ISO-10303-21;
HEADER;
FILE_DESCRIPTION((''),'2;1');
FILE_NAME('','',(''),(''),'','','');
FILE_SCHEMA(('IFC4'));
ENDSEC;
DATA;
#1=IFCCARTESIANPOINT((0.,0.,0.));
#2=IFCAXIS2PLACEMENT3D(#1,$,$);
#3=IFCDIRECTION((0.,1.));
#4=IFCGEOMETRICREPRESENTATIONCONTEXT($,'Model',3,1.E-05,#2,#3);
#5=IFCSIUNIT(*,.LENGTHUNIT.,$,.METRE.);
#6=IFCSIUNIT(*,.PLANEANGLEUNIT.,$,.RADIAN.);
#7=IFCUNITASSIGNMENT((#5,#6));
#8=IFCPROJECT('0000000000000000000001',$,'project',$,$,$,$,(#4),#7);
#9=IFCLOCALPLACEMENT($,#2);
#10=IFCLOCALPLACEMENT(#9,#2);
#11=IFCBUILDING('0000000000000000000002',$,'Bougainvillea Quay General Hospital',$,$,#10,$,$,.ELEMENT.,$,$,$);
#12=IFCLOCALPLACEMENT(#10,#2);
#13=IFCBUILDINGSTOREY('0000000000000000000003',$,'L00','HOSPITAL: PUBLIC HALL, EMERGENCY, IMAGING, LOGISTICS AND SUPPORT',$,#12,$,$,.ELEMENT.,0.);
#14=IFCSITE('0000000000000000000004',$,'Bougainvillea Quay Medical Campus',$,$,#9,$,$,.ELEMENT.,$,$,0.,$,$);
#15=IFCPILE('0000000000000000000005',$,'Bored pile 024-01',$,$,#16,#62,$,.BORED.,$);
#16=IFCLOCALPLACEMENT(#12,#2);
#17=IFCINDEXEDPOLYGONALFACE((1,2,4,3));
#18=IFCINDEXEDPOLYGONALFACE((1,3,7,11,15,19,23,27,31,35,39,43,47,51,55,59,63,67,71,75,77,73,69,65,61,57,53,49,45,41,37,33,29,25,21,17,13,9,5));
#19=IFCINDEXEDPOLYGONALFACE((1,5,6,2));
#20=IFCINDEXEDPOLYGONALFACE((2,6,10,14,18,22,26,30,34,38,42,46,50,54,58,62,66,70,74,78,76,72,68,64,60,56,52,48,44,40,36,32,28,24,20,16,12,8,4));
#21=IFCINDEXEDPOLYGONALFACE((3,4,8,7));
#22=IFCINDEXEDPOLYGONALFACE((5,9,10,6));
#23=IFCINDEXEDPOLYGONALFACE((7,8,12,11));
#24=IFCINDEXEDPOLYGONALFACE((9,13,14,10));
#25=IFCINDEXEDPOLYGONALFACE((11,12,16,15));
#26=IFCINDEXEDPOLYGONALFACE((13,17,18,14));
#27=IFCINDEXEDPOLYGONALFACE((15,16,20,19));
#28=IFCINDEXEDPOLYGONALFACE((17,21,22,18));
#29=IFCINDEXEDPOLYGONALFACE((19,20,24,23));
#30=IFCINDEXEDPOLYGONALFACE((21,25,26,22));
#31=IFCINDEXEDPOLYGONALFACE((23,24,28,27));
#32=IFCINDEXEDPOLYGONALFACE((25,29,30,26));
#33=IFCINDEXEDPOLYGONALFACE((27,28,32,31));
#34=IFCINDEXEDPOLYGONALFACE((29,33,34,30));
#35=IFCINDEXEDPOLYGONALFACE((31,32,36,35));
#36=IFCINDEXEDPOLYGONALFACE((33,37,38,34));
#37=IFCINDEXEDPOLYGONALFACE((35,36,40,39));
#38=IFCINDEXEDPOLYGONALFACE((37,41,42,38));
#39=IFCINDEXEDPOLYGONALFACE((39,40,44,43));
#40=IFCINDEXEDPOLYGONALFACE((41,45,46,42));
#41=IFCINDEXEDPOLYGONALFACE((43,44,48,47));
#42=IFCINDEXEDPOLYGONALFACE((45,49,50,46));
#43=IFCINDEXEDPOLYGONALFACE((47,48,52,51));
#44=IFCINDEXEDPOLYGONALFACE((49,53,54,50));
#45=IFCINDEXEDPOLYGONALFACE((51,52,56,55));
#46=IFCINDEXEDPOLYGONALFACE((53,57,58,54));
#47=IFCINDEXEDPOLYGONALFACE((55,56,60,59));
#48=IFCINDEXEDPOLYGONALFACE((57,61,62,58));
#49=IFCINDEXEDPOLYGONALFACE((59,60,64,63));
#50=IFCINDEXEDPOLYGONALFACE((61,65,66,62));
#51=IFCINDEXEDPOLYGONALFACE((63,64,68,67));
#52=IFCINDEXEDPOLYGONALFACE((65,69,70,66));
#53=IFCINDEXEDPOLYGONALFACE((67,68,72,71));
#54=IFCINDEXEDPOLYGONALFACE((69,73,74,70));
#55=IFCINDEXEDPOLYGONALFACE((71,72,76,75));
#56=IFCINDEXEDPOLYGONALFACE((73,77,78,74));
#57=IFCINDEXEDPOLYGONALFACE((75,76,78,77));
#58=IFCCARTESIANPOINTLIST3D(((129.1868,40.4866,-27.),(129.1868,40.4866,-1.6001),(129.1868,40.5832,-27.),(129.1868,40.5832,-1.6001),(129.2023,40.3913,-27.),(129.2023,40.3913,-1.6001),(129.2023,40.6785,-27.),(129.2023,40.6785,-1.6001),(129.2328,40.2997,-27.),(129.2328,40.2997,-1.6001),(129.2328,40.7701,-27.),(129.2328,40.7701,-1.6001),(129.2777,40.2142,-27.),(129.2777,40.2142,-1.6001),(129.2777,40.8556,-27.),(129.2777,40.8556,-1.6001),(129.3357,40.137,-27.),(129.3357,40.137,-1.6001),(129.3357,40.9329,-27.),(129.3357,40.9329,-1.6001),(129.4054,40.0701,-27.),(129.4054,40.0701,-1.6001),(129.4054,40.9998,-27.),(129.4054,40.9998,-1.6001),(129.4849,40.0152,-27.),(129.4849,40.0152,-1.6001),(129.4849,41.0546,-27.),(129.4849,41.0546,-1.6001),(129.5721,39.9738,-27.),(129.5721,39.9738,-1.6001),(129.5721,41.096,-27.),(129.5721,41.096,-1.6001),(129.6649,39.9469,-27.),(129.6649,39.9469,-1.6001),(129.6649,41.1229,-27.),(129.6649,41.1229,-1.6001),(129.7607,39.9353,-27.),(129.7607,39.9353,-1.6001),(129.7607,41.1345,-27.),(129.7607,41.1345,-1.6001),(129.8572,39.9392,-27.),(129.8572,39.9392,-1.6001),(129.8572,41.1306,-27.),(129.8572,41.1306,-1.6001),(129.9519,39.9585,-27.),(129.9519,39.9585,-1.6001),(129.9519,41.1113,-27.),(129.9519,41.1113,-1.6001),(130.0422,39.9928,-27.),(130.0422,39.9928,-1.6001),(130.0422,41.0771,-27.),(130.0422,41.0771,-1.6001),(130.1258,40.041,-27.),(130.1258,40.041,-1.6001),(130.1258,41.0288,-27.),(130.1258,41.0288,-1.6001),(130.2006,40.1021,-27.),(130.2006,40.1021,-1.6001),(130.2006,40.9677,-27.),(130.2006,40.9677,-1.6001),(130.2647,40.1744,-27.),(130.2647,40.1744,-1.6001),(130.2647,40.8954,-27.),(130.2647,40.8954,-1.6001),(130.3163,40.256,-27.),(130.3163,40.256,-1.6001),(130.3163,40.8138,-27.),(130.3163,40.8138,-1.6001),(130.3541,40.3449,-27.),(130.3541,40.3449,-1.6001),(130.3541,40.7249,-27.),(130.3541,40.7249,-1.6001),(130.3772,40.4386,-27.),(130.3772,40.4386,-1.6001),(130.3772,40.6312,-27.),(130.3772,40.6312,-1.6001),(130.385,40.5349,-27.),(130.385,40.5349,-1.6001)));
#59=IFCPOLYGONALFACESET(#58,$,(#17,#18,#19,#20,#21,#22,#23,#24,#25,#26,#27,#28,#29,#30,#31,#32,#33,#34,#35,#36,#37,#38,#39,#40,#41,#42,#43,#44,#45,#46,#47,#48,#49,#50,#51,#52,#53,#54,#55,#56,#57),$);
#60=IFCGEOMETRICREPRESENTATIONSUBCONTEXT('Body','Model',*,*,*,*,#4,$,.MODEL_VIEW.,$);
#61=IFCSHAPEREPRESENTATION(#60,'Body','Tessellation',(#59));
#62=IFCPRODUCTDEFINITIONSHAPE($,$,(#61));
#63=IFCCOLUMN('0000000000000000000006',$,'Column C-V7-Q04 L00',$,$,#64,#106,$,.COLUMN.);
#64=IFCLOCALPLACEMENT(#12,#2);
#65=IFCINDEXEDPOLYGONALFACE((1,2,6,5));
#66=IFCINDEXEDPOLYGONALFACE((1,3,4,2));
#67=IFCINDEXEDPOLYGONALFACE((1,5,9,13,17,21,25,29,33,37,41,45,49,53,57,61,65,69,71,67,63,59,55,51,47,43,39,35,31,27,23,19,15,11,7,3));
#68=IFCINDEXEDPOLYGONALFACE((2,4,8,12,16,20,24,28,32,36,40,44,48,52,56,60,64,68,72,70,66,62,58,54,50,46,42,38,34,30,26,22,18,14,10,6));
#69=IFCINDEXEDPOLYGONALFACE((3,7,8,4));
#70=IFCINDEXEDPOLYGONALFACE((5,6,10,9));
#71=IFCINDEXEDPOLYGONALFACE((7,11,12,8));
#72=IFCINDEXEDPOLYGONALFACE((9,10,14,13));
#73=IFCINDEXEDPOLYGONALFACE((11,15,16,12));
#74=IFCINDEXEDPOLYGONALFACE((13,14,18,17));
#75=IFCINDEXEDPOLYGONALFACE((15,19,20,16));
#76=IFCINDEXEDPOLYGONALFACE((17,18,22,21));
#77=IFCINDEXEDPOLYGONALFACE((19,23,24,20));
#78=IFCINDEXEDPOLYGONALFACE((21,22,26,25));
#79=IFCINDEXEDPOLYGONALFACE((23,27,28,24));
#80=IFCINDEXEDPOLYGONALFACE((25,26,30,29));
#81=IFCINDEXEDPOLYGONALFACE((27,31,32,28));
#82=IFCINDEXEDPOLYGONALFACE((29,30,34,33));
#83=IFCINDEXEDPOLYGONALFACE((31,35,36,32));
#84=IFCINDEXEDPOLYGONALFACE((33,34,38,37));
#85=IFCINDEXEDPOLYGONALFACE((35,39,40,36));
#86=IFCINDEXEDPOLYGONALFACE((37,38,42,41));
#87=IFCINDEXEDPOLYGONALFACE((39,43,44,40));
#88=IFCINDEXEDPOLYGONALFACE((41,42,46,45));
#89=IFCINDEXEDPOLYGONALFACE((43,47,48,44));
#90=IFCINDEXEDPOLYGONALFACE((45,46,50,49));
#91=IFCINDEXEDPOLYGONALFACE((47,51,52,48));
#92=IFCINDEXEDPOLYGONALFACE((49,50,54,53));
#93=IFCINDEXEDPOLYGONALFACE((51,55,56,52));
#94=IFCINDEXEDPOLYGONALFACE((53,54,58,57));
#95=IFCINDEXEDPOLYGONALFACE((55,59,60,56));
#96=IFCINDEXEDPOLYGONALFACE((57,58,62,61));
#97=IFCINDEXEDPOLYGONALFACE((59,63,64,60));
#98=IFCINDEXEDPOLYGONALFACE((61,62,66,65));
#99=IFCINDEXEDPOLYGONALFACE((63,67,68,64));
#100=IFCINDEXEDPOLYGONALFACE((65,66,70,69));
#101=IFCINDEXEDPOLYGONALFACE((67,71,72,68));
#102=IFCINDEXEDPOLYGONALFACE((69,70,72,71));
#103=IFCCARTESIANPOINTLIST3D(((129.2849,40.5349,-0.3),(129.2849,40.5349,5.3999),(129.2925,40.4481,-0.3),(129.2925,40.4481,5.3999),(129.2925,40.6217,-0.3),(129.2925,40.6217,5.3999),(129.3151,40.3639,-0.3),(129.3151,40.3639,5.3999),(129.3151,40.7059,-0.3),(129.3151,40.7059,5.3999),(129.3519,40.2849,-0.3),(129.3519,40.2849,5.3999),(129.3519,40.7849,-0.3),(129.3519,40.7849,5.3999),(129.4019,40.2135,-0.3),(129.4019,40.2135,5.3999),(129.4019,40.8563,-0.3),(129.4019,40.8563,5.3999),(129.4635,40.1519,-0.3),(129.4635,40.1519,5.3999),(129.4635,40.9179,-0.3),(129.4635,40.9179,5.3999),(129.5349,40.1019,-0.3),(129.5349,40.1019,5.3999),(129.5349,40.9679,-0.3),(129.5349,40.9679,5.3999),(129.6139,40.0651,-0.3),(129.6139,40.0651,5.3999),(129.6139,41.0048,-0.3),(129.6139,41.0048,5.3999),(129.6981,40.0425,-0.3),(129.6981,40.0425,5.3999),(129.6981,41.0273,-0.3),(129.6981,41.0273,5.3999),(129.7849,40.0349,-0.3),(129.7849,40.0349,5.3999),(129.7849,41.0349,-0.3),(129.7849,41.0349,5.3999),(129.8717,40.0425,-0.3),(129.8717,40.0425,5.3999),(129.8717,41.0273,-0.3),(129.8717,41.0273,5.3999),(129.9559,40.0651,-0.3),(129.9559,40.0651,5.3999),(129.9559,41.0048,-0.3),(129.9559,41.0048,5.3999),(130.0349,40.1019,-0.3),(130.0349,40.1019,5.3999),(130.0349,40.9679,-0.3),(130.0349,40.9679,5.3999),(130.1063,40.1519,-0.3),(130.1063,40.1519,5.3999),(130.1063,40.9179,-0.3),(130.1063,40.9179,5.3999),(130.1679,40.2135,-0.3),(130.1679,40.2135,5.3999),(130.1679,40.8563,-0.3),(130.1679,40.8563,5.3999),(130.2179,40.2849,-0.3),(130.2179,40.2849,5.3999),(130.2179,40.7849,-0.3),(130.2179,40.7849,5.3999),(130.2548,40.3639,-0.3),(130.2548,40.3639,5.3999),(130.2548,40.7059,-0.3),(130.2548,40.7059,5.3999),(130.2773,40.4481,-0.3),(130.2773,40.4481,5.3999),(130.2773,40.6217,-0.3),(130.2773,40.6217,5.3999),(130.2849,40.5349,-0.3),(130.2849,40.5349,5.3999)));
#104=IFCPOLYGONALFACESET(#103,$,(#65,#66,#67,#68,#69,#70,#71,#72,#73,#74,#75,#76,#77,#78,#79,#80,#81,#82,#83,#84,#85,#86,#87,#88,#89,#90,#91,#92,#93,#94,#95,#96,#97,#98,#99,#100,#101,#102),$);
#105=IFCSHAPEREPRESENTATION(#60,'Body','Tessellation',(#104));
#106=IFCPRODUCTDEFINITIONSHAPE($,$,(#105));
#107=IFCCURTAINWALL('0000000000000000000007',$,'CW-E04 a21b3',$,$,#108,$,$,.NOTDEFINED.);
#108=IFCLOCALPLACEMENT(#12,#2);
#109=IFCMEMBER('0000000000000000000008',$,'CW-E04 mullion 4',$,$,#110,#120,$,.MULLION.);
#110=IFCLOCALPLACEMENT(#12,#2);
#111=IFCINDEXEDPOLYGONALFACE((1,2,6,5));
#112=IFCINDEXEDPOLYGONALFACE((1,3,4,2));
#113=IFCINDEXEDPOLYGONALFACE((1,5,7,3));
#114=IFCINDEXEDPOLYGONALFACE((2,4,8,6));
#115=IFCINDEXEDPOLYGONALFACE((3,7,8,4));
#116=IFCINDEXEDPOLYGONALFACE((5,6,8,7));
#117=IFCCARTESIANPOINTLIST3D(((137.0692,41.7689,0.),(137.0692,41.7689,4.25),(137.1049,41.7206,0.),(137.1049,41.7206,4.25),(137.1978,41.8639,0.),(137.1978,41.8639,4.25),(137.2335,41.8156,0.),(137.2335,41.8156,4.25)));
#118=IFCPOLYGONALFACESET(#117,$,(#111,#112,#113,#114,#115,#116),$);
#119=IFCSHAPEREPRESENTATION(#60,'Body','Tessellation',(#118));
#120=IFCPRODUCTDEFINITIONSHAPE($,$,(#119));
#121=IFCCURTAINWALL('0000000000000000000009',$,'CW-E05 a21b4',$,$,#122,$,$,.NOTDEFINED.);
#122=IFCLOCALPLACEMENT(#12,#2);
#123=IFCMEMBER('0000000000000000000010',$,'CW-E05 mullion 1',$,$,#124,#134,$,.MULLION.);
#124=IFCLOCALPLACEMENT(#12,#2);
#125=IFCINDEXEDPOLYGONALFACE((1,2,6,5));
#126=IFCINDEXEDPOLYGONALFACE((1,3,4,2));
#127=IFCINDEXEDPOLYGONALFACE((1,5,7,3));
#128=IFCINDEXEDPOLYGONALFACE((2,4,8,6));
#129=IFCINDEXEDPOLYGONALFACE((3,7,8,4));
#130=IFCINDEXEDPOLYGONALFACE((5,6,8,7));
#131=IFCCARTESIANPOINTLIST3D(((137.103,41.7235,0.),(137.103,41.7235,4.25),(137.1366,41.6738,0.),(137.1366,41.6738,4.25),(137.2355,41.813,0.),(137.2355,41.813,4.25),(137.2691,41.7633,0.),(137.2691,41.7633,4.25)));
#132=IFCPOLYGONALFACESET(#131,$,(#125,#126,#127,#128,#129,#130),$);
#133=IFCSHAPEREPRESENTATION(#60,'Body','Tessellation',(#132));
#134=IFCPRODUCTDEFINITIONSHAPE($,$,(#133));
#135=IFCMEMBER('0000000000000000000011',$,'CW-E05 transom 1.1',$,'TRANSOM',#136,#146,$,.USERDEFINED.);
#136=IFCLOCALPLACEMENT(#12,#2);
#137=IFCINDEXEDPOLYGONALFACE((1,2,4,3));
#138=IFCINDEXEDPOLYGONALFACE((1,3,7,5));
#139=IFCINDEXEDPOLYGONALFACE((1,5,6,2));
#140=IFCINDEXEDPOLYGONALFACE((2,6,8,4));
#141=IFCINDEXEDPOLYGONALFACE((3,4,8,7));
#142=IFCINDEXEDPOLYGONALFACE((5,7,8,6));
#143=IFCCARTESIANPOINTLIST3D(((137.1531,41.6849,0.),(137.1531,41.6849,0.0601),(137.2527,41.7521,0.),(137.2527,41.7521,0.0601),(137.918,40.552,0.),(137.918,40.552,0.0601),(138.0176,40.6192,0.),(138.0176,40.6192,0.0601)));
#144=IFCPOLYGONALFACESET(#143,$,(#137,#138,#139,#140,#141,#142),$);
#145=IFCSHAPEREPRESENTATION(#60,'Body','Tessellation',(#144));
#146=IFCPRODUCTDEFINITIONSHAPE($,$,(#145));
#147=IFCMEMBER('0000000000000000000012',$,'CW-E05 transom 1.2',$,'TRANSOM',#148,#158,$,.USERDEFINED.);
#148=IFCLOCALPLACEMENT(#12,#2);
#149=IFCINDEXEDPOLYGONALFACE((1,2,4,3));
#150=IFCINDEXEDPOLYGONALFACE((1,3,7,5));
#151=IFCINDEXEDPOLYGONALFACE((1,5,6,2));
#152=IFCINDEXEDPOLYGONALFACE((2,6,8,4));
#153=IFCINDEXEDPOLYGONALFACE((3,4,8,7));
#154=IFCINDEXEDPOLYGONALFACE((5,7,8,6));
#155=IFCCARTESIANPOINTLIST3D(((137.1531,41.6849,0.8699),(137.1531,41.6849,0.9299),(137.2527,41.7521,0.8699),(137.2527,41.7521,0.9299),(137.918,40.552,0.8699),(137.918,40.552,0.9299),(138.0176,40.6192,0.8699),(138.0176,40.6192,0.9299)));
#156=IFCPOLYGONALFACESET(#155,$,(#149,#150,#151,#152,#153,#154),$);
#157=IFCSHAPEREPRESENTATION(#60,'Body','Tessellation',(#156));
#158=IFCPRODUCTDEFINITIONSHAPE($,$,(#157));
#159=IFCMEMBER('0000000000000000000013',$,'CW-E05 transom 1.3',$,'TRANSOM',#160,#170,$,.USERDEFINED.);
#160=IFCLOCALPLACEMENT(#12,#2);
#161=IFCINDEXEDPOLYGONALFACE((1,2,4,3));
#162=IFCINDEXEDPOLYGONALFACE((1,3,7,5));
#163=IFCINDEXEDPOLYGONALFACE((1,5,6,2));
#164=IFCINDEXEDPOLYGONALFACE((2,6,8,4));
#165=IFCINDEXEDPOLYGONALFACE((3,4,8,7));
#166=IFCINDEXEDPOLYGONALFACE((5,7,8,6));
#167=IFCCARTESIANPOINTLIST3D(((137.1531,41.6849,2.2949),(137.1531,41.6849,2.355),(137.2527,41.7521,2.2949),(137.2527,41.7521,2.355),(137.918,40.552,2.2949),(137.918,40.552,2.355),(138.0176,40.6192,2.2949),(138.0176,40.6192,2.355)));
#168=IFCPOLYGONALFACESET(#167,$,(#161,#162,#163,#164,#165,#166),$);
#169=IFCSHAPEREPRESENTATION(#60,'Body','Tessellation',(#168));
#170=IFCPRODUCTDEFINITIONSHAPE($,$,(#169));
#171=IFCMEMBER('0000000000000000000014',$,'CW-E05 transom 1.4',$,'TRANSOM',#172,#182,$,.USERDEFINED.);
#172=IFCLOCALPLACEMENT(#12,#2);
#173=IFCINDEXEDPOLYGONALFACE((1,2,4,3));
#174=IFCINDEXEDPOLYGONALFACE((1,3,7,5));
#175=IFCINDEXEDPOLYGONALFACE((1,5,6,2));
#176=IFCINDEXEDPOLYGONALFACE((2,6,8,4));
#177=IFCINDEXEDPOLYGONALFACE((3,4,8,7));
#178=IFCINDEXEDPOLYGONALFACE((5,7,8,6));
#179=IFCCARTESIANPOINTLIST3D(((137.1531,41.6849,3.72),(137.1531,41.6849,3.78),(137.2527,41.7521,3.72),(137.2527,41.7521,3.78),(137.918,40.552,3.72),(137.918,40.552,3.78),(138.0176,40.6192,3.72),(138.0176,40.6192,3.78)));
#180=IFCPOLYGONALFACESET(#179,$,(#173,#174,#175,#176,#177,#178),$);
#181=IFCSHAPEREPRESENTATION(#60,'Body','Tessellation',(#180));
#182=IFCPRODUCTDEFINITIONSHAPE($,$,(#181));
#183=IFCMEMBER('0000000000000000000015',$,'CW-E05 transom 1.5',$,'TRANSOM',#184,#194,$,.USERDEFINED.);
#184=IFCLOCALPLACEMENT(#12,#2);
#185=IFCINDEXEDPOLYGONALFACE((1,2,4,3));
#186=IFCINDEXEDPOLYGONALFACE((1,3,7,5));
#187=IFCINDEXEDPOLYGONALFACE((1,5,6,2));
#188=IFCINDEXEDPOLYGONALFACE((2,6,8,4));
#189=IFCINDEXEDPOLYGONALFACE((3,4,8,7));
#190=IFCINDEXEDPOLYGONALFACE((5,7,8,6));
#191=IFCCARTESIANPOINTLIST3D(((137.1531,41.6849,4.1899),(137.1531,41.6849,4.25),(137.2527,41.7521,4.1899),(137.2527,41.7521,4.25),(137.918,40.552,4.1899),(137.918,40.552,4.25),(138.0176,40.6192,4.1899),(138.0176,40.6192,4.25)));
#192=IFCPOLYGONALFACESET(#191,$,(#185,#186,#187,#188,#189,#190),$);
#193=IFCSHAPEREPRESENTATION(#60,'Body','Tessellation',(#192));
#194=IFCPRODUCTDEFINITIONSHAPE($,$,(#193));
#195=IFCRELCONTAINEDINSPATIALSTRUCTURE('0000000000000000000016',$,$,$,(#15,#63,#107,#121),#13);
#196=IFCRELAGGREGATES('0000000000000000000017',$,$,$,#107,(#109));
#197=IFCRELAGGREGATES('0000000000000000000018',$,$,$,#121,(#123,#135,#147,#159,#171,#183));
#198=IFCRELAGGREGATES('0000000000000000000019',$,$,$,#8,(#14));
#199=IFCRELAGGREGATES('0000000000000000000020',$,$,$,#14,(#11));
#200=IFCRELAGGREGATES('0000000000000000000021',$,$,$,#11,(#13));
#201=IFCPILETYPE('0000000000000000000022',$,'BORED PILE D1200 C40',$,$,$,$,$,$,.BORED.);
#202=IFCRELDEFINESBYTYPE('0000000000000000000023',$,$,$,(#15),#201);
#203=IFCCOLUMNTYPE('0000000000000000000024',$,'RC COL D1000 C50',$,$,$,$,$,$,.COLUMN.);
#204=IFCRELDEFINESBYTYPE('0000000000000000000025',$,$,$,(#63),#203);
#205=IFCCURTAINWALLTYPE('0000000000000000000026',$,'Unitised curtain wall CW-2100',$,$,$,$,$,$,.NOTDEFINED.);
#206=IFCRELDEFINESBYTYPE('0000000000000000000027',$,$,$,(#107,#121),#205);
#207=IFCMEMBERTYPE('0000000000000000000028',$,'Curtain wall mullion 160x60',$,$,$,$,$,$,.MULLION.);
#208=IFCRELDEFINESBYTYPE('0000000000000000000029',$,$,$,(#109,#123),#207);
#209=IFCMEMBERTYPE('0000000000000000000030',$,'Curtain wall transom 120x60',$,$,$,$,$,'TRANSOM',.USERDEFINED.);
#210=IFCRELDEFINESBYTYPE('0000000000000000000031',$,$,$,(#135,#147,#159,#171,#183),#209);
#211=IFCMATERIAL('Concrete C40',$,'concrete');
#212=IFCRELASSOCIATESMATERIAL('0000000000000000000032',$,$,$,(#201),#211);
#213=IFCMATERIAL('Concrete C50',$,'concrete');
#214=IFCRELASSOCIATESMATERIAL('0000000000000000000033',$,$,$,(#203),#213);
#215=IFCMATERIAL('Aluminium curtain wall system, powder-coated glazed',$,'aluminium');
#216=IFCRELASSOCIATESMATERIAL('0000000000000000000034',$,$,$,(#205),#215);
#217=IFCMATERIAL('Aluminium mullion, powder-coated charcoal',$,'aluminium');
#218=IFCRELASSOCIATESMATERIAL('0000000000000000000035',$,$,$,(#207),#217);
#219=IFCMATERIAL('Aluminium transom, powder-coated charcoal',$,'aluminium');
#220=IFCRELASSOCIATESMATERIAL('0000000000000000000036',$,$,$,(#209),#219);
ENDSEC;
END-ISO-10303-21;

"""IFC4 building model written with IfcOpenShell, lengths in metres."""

from ifc_helpers import new_model, si_unit, direction, frame, origin, origin_2d, place, context, subcontext, project, spatial, rectangle, circle, extrude, material, material_profile, profile_set, type_object, element, aggregate, save


model = new_model("IFC4")

# Units and contexts
model_context = context("Model", 3, precision=1e-05, world=origin(), true_north=direction((0.0, 1.0)))
body_context = subcontext(model_context, "Body", "Model", "MODEL_VIEW")
ifc_project = project(units=[si_unit("LENGTHUNIT", "METRE"), si_unit("PLANEANGLEUNIT", "RADIAN")], contexts=[model_context])

# Site, building, storey
site_placement = place(None, origin())
site = spatial("IfcSite", under=ifc_project, at=site_placement, Name="Bougainvillea Quay Medical Campus", CompositionType="ELEMENT", RefElevation=0.0)
building_placement = place(site_placement, origin())
building = spatial("IfcBuilding", under=site, at=building_placement, Name="Bougainvillea Quay General Hospital", CompositionType="ELEMENT")
storey_placement = place(building_placement, origin())
storey = spatial("IfcBuildingStorey", under=building, at=storey_placement, Name="L00", Description="HOSPITAL: PUBLIC HALL, EMERGENCY, IMAGING, LOGISTICS AND SUPPORT", CompositionType="ELEMENT", Elevation=0.0)

# Pile
ifc_material_1 = material(Name="Concrete C40", Category="concrete")
ifc_material_profile_1 = material_profile(ifc_material_1, circle(Radius=0.6001, at=origin_2d()))
ifc_profile_set_1 = profile_set([ifc_material_profile_1], Name="Concrete C40")
pile_type = type_object("IfcPileType", Name="BORED PILE D1200 C40", PredefinedType="BORED", material=ifc_profile_set_1)
pile_placement = place(storey_placement, frame((129.7849, 40.5349, -1.6001), z_axis=(0.0, 0.0, -1.0), x_axis=(1.0, 0.0, 0.0)))
element("IfcPile", 1, at=pile_placement, inside=storey, type_object=pile_type, Name="Bored pile 024-01", PredefinedType="BORED", context=body_context, shape_type="SweptSolid", body=[
    extrude(circle(Radius=0.6001, at=origin_2d()), origin(), (0.0, 0.0, 1.0), 25.3999),
])

# Column
ifc_material_2 = material(Name="Concrete C50", Category="concrete")
ifc_material_profile_2 = material_profile(ifc_material_2, circle(Radius=0.5, at=origin_2d()))
ifc_profile_set_2 = profile_set([ifc_material_profile_2], Name="Concrete C50")
column_type = type_object("IfcColumnType", Name="RC COL D1000 C50", PredefinedType="COLUMN", material=ifc_profile_set_2)
column_placement = place(storey_placement, frame((129.7849, 40.5349, -0.3), z_axis=(0.0, 0.0, 1.0), x_axis=(1.0, 0.0, 0.0)))
element("IfcColumn", 2, at=column_placement, inside=storey, type_object=column_type, Name="Column C-V7-Q04 L00", PredefinedType="COLUMN", context=body_context, shape_type="SweptSolid", body=[
    extrude(circle(Radius=0.5, at=origin_2d()), origin(), (0.0, 0.0, 1.0), 5.7),
])

# Curtain wall, member
ifc_material_3 = material(Name="Aluminium curtain wall system, powder-coated glazed", Category="aluminium")
curtain_wall_type = type_object("IfcCurtainWallType", Name="Unitised curtain wall CW-2100", PredefinedType="NOTDEFINED", material=ifc_material_3)
curtain_wall_1_placement = place(storey_placement, origin())
curtain_wall_1 = element("IfcCurtainWall", 3, at=curtain_wall_1_placement, inside=storey, type_object=curtain_wall_type, Name="CW-E04 a21b3", PredefinedType="NOTDEFINED")
ifc_material_4 = material(Name="Aluminium mullion, powder-coated charcoal", Category="aluminium")
ifc_material_profile_3 = material_profile(ifc_material_4, rectangle(XDim=0.1599, YDim=0.0601, at=origin_2d()))
ifc_profile_set_3 = profile_set([ifc_material_profile_3], Name="Aluminium mullion, powder-coated charcoal")
member_type_1 = type_object("IfcMemberType", Name="Curtain wall mullion 160x60", PredefinedType="MULLION", material=ifc_profile_set_3)
member_1_placement = place(storey_placement, frame((137.1514, 41.7922, 0.0), z_axis=(0.0, 0.0, 1.0), x_axis=(0.804161, 0.594411, 0.0)))
member_1 = element("IfcMember", 4, at=member_1_placement, type_object=member_type_1, Name="CW-E04 mullion 4", PredefinedType="MULLION", context=body_context, shape_type="SweptSolid", body=[
    extrude(rectangle(XDim=0.1599, YDim=0.0601, at=origin_2d()), origin(), (0.0, 0.0, 1.0), 4.25),
])

# Curtain wall, members
curtain_wall_2_placement = place(storey_placement, origin())
curtain_wall_2 = element("IfcCurtainWall", 5, at=curtain_wall_2_placement, inside=storey, type_object=curtain_wall_type, Name="CW-E05 a21b4", PredefinedType="NOTDEFINED")
member_2_placement = place(storey_placement, frame((137.186, 41.7434, 0.0), z_axis=(0.0, 0.0, 1.0), x_axis=(0.828712, 0.559675, 0.0)))
member_2 = element("IfcMember", 6, at=member_2_placement, type_object=member_type_1, Name="CW-E05 mullion 1", PredefinedType="MULLION", context=body_context, shape_type="SweptSolid", body=[
    extrude(rectangle(XDim=0.1599, YDim=0.0601, at=origin_2d()), origin(), (0.0, 0.0, 1.0), 4.25),
])
ifc_material_5 = material(Name="Aluminium transom, powder-coated charcoal", Category="aluminium")
ifc_material_profile_4 = material_profile(ifc_material_5, rectangle(XDim=0.1201, YDim=0.0601, at=origin_2d()))
ifc_profile_set_4 = profile_set([ifc_material_profile_4], Name="Aluminium transom, powder-coated charcoal")
member_type_2 = type_object("IfcMemberType", Name="Curtain wall transom 120x60", ElementType="TRANSOM", PredefinedType="USERDEFINED", material=ifc_profile_set_4)
member_3_placement = place(storey_placement, frame((137.2029, 41.7185, 0.03), z_axis=(0.559596, -0.828766, 0.0), x_axis=(0.828766, 0.559596, 0.0)))
member_3 = element("IfcMember", 7, at=member_3_placement, type_object=member_type_2, Name="CW-E05 transom 1.1", ObjectType="TRANSOM", PredefinedType="USERDEFINED", context=body_context, shape_type="SweptSolid", body=[
    extrude(rectangle(XDim=0.1201, YDim=0.0601, at=origin_2d()), origin(), (0.0, 0.0, 1.0), 1.3669),
])
member_4_placement = place(storey_placement, frame((137.2029, 41.7185, 0.8999), z_axis=(0.559596, -0.828766, 0.0), x_axis=(0.828766, 0.559596, 0.0)))
member_4 = element("IfcMember", 8, at=member_4_placement, type_object=member_type_2, Name="CW-E05 transom 1.2", ObjectType="TRANSOM", PredefinedType="USERDEFINED", context=body_context, shape_type="SweptSolid", body=[
    extrude(rectangle(XDim=0.1201, YDim=0.0601, at=origin_2d()), origin(), (0.0, 0.0, 1.0), 1.3669),
])
member_5_placement = place(storey_placement, frame((137.2029, 41.7185, 2.325), z_axis=(0.559596, -0.828766, 0.0), x_axis=(0.828766, 0.559596, 0.0)))
member_5 = element("IfcMember", 9, at=member_5_placement, type_object=member_type_2, Name="CW-E05 transom 1.3", ObjectType="TRANSOM", PredefinedType="USERDEFINED", context=body_context, shape_type="SweptSolid", body=[
    extrude(rectangle(XDim=0.1201, YDim=0.0601, at=origin_2d()), origin(), (0.0, 0.0, 1.0), 1.3669),
])
member_6_placement = place(storey_placement, frame((137.2029, 41.7185, 3.75), z_axis=(0.559596, -0.828766, 0.0), x_axis=(0.828766, 0.559596, 0.0)))
member_6 = element("IfcMember", 10, at=member_6_placement, type_object=member_type_2, Name="CW-E05 transom 1.4", ObjectType="TRANSOM", PredefinedType="USERDEFINED", context=body_context, shape_type="SweptSolid", body=[
    extrude(rectangle(XDim=0.1201, YDim=0.0601, at=origin_2d()), origin(), (0.0, 0.0, 1.0), 1.3669),
])
member_7_placement = place(storey_placement, frame((137.2029, 41.7185, 4.22), z_axis=(0.559596, -0.828766, 0.0), x_axis=(0.828766, 0.559596, 0.0)))
member_7 = element("IfcMember", 11, at=member_7_placement, type_object=member_type_2, Name="CW-E05 transom 1.5", ObjectType="TRANSOM", PredefinedType="USERDEFINED", context=body_context, shape_type="SweptSolid", body=[
    extrude(rectangle(XDim=0.1201, YDim=0.0601, at=origin_2d()), origin(), (0.0, 0.0, 1.0), 1.3669),
])

aggregate(curtain_wall_1, [member_1])
aggregate(curtain_wall_2, [member_2, member_3, member_4, member_5, member_6, member_7])

save(model, "model.ifc")
